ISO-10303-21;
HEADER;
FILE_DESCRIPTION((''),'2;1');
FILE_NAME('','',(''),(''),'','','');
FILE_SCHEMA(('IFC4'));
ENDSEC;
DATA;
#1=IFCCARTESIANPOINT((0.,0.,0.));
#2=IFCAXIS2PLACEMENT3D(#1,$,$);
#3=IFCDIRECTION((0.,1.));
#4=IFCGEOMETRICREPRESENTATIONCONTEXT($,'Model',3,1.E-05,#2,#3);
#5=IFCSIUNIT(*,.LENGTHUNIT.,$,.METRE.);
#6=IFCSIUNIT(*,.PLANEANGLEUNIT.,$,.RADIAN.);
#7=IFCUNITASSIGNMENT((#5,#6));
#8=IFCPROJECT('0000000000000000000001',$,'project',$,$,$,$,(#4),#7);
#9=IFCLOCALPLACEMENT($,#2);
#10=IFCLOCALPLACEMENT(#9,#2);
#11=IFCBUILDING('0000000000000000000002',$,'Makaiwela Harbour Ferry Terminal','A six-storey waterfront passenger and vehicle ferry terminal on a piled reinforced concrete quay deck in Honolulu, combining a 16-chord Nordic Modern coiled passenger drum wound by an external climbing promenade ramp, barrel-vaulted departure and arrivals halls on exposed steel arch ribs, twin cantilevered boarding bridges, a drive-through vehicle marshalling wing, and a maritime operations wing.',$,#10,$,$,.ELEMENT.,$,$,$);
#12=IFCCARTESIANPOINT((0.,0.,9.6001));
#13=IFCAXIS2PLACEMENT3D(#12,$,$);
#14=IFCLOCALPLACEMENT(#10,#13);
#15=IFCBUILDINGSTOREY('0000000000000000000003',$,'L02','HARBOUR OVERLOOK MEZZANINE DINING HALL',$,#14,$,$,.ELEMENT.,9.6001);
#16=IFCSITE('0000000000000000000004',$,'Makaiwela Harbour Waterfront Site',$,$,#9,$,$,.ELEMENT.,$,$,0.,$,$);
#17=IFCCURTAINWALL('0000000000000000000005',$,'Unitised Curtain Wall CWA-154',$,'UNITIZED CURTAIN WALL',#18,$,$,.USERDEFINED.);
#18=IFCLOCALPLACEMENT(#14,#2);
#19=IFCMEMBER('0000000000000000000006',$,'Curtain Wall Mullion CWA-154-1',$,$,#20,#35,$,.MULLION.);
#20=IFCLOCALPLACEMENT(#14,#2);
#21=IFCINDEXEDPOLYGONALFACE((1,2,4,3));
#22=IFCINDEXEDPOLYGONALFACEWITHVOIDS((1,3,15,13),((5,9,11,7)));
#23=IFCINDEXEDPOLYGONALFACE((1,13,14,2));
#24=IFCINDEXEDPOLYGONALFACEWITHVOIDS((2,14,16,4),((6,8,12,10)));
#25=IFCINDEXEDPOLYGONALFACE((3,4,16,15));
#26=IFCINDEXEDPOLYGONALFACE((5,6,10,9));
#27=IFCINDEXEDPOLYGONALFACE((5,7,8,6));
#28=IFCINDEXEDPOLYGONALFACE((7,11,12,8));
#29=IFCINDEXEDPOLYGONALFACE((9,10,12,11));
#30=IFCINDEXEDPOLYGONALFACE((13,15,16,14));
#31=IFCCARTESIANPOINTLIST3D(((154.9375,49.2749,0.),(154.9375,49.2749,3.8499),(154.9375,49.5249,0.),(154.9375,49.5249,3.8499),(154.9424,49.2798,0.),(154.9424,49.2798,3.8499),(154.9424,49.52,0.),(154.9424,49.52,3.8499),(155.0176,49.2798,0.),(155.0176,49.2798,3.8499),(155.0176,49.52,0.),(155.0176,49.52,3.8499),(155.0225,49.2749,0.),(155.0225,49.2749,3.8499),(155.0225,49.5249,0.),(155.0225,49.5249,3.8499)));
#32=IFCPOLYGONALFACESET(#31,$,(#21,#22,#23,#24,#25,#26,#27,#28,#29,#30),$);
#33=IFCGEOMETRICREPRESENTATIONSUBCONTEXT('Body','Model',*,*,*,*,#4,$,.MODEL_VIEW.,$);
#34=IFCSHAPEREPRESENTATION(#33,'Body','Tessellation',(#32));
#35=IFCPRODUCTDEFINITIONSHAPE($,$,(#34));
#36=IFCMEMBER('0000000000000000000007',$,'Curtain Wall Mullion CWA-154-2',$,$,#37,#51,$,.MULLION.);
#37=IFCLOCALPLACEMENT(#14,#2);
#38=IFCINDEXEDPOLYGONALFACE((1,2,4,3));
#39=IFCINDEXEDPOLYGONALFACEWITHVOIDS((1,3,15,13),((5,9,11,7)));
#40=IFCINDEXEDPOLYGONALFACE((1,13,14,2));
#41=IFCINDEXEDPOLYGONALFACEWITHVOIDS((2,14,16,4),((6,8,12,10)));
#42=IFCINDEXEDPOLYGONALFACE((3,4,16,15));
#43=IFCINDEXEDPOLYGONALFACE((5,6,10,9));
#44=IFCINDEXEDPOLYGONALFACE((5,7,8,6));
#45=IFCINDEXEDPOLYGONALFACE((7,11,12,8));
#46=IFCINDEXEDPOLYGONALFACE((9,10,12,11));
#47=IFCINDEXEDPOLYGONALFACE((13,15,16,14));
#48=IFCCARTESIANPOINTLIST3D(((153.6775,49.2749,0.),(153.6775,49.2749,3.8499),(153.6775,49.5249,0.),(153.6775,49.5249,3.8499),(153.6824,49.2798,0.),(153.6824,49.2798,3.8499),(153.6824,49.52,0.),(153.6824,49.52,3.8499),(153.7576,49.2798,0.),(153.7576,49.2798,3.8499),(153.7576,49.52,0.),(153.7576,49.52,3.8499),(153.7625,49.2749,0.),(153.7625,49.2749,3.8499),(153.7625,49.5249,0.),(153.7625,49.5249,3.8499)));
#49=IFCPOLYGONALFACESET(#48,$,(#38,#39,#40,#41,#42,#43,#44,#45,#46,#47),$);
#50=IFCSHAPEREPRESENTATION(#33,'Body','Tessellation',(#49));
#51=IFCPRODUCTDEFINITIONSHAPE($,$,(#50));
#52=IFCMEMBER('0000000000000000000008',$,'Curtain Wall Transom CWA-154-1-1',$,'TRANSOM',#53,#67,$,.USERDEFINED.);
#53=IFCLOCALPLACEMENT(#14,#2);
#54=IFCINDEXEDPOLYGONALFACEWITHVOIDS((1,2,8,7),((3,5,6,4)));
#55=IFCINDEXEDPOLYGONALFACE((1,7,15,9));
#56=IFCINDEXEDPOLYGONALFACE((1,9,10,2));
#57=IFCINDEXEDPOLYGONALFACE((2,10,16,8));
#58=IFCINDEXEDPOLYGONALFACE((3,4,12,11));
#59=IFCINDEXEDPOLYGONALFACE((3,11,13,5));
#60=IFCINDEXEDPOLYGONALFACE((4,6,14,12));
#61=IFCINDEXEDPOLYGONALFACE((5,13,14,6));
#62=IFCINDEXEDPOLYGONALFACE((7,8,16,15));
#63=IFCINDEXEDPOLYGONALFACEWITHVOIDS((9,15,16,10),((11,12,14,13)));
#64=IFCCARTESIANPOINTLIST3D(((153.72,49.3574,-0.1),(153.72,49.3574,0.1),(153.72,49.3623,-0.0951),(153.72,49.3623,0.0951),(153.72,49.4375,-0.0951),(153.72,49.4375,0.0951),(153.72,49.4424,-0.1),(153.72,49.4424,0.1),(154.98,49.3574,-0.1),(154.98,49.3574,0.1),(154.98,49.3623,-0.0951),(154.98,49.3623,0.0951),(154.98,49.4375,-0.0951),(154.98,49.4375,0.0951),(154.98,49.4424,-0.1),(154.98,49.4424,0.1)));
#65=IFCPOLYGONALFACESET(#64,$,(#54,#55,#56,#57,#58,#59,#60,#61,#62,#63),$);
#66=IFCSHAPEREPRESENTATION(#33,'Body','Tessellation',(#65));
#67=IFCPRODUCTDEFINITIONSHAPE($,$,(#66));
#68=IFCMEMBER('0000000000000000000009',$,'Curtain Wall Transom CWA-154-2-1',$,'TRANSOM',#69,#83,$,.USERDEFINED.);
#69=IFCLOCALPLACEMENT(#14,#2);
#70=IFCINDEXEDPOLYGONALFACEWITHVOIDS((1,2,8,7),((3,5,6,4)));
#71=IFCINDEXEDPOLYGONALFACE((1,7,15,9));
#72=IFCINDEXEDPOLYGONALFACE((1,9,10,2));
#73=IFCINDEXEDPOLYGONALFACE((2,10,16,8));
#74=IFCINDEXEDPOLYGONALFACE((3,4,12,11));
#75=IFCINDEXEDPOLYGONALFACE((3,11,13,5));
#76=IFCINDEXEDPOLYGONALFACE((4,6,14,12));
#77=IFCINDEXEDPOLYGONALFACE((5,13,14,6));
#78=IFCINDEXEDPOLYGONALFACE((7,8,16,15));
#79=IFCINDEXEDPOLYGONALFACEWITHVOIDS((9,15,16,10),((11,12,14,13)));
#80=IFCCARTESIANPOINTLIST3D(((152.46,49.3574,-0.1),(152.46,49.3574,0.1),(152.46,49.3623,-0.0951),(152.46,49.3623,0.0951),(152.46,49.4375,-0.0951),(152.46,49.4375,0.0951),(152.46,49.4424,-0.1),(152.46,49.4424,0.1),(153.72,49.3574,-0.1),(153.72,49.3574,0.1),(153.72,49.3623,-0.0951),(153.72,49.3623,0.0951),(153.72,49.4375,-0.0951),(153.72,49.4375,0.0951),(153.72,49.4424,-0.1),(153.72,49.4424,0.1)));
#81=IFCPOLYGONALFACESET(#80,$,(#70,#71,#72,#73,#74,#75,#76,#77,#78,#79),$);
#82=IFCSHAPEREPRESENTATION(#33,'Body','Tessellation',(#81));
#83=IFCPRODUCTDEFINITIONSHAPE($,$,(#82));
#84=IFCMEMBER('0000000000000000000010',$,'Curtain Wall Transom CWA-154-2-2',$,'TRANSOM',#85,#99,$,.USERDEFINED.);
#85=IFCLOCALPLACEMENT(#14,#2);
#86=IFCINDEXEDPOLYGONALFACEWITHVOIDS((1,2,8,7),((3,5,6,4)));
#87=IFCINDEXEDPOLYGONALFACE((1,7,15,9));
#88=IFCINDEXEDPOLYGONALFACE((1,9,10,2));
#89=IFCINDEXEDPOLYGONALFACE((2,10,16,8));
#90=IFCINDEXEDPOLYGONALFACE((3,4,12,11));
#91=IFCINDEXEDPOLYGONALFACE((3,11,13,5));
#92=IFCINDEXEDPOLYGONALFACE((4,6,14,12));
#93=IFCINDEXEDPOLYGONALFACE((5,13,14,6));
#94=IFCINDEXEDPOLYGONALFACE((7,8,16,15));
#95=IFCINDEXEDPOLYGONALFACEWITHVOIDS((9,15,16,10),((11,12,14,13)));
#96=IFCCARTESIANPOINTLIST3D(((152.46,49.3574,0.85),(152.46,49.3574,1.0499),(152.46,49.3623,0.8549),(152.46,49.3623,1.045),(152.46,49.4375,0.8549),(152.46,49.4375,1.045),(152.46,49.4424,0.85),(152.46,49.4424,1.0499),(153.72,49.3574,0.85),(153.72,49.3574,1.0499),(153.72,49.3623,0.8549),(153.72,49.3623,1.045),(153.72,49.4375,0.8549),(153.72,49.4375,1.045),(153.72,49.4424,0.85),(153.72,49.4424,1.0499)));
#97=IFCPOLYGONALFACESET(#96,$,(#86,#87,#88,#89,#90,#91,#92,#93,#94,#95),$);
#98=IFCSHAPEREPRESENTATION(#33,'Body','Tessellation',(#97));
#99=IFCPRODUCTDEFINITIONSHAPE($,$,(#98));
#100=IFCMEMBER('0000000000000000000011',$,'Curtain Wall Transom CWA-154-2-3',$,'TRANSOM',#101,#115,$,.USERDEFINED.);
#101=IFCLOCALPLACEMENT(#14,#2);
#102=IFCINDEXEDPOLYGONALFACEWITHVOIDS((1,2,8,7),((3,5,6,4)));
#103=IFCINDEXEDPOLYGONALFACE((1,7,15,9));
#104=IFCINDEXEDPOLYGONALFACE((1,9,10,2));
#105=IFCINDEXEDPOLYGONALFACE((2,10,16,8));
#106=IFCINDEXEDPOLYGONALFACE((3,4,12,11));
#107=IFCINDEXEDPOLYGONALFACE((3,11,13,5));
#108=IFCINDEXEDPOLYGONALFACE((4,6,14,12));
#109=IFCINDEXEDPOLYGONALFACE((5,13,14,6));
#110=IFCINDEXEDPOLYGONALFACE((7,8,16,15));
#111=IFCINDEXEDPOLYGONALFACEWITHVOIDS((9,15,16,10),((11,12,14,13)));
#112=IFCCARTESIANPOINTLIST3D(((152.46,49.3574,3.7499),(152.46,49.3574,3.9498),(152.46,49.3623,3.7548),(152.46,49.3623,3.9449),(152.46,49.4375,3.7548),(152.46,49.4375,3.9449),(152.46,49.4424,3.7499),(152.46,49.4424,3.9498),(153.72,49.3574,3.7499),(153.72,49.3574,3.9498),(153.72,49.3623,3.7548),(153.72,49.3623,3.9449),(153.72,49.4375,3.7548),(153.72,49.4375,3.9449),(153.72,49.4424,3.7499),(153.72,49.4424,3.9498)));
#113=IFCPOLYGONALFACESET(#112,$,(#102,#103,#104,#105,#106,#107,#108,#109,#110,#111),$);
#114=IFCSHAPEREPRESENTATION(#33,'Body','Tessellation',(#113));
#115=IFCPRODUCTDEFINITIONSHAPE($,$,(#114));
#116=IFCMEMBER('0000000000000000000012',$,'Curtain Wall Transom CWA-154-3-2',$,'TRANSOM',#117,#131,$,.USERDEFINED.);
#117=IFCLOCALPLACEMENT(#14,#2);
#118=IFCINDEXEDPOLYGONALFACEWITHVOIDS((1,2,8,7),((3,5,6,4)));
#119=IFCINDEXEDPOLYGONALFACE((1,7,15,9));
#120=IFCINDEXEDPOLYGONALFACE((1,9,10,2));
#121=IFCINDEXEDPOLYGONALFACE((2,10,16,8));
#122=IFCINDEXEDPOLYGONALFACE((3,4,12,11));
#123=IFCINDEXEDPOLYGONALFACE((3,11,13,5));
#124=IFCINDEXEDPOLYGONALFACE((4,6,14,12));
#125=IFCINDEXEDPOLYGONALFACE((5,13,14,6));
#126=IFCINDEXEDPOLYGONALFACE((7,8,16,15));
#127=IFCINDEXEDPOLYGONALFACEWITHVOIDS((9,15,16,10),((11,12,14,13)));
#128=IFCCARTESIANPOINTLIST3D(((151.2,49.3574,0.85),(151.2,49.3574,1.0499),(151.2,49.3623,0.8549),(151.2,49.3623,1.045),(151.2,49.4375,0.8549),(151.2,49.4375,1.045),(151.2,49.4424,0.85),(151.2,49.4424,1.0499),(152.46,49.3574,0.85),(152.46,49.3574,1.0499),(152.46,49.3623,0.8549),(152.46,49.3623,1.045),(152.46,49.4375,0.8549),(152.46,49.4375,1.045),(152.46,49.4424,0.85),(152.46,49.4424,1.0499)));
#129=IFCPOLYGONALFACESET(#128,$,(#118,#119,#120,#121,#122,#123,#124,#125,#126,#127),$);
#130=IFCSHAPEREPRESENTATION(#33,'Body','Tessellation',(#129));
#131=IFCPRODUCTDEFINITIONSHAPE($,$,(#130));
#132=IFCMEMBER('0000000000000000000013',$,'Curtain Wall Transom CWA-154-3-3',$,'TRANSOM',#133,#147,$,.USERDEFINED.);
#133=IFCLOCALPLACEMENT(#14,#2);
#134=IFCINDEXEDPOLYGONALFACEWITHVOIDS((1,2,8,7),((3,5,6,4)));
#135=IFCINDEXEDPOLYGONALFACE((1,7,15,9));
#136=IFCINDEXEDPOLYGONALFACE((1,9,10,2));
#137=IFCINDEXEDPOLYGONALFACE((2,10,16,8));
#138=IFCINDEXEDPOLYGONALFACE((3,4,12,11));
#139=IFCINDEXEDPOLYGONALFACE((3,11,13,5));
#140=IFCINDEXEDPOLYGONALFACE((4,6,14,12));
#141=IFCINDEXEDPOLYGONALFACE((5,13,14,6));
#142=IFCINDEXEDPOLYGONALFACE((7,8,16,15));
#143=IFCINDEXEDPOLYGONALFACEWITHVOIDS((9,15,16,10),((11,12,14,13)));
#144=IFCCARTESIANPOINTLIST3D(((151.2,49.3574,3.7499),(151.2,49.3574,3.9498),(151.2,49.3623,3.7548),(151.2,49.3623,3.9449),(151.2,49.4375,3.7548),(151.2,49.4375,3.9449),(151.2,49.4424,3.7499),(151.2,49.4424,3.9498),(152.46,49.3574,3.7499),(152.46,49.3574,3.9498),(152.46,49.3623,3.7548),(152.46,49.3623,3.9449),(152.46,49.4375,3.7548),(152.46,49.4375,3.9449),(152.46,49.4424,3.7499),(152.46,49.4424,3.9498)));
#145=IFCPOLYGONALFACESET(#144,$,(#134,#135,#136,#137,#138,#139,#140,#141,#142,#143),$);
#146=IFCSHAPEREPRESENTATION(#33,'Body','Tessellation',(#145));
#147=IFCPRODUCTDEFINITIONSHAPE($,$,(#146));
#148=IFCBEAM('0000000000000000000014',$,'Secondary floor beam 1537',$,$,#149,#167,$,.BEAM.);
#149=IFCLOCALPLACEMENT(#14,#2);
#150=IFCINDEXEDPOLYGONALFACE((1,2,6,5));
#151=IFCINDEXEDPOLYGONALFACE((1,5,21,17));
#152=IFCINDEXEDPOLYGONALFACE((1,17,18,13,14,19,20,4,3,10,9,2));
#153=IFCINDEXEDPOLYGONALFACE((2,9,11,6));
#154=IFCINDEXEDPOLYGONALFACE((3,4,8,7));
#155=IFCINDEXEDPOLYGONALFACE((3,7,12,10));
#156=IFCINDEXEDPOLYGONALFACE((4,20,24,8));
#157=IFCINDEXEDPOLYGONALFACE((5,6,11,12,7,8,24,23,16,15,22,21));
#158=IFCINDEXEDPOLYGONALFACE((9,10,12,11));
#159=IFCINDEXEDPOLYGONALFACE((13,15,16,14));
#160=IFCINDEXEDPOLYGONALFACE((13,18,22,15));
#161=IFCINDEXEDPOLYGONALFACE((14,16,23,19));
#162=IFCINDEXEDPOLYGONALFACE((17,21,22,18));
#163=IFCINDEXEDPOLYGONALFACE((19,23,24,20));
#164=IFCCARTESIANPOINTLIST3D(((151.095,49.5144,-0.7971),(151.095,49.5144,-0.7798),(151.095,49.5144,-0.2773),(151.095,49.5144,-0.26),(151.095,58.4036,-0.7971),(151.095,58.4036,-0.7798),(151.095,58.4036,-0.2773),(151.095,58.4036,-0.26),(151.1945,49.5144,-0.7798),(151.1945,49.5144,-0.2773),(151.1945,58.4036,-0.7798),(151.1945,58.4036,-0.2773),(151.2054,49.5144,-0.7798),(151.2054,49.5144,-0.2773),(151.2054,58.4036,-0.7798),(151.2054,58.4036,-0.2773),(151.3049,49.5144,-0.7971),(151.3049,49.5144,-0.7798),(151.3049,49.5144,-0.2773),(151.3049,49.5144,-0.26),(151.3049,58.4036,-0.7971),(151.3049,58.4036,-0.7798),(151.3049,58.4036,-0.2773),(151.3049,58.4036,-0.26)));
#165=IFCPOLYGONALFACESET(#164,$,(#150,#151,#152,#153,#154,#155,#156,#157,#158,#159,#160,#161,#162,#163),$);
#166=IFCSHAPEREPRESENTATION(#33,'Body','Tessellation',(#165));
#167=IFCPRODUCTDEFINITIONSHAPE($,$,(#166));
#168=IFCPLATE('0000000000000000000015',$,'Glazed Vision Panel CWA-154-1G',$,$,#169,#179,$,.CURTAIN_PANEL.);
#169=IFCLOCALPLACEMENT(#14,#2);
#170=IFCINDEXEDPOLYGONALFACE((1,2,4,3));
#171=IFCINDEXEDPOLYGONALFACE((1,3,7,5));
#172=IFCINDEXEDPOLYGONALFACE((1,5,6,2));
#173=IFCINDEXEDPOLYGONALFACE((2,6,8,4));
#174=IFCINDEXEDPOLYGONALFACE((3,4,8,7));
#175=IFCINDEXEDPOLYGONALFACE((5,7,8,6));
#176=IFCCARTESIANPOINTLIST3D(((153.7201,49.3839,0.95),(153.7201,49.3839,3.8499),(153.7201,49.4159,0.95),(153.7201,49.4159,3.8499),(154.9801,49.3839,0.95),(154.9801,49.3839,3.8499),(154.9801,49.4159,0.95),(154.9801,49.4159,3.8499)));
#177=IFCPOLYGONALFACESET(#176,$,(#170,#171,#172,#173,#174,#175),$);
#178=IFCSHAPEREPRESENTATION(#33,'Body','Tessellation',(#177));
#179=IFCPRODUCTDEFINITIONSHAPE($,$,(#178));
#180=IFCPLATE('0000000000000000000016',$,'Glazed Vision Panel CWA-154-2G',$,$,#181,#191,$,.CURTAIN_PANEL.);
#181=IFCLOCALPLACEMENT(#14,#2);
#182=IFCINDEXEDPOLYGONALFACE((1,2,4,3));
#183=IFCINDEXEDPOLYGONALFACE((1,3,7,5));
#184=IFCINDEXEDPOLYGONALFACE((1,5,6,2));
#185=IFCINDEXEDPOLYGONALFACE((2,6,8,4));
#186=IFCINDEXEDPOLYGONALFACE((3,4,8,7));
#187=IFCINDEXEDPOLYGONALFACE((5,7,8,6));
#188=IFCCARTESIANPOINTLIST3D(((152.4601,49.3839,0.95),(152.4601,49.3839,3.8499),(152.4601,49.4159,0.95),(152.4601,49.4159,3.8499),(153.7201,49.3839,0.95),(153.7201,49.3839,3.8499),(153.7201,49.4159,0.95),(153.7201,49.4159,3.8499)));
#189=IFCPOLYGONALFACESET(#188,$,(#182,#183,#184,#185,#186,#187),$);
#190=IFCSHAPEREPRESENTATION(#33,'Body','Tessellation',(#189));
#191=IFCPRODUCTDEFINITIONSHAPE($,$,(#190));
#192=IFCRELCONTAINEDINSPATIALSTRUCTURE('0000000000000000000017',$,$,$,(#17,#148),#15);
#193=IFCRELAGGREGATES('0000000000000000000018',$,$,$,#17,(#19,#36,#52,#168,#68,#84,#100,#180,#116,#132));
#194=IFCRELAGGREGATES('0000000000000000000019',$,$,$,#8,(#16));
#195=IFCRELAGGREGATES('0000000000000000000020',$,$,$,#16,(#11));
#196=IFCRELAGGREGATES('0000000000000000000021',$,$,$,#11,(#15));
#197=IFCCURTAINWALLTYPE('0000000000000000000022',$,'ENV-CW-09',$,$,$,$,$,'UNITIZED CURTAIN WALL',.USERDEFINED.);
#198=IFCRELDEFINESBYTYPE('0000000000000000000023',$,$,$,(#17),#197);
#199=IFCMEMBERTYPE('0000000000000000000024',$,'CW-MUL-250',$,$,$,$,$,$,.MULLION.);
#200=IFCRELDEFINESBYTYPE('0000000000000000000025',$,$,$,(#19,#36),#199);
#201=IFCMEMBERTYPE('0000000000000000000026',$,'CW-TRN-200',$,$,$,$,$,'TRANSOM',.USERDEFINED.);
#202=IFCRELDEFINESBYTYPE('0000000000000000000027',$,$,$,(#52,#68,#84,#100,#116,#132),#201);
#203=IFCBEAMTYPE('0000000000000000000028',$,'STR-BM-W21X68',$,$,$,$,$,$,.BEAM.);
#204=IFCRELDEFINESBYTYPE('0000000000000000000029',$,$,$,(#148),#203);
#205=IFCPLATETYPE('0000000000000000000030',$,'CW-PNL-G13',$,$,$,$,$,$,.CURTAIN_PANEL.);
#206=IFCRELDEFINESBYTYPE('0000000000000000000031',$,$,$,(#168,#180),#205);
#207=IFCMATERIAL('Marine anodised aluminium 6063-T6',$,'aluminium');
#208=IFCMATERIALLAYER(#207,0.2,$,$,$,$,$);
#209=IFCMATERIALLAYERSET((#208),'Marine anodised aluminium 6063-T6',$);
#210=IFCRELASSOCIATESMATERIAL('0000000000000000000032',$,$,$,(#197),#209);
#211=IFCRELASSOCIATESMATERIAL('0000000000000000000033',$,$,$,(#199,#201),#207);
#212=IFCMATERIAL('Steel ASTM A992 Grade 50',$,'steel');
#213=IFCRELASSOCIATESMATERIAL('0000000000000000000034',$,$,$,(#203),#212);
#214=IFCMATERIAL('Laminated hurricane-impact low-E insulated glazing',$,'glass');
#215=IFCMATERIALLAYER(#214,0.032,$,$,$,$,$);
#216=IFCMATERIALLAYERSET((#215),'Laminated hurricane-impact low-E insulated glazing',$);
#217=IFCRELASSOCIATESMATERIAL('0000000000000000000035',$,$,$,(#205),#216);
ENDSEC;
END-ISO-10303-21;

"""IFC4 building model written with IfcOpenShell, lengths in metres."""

from ifc_helpers import new_model, si_unit, direction, frame, origin, origin_2d, place, context, subcontext, project, spatial, rectangle, hollow_rectangle, i_section, extrude, material, layer, layer_set, material_profile, profile_set, type_object, element, aggregate, save


model = new_model("IFC4")

# Units and contexts
model_context = context("Model", 3, precision=1e-05, world=origin(), true_north=direction((0.0, 1.0)))
body_context = subcontext(model_context, "Body", "Model", "MODEL_VIEW")
ifc_project = project(units=[si_unit("LENGTHUNIT", "METRE"), si_unit("PLANEANGLEUNIT", "RADIAN")], contexts=[model_context])

# Site, building, storey
site_placement = place(None, origin())
site = spatial("IfcSite", under=ifc_project, at=site_placement, Name="Makaiwela Harbour Waterfront Site", CompositionType="ELEMENT", RefElevation=0.0)
building_placement = place(site_placement, origin())
building = spatial("IfcBuilding", under=site, at=building_placement, Name="Makaiwela Harbour Ferry Terminal", Description="A six-storey waterfront passenger and vehicle ferry terminal on a piled reinforced concrete quay deck in Honolulu, combining a 16-chord Nordic Modern coiled passenger drum wound by an external climbing promenade ramp, barrel-vaulted departure and arrivals halls on exposed steel arch ribs, twin cantilevered boarding bridges, a drive-through vehicle marshalling wing, and a maritime operations wing.", CompositionType="ELEMENT")
storey_placement = place(building_placement, frame((0.0, 0.0, 9.6001)))
storey = spatial("IfcBuildingStorey", under=building, at=storey_placement, Name="L02", Description="HARBOUR OVERLOOK MEZZANINE DINING HALL", CompositionType="ELEMENT", Elevation=9.6001)

# Curtain wall, members
ifc_material_1 = material(Name="Marine anodised aluminium 6063-T6", Category="aluminium")
ifc_layer_1 = layer(ifc_material_1, 0.2)
ifc_layer_set_1 = layer_set([ifc_layer_1], Name="Marine anodised aluminium 6063-T6")
curtain_wall_type = type_object("IfcCurtainWallType", Name="ENV-CW-09", ElementType="UNITIZED CURTAIN WALL", PredefinedType="USERDEFINED", material=ifc_layer_set_1)
curtain_wall_placement = place(storey_placement, origin())
curtain_wall = element("IfcCurtainWall", 1, at=curtain_wall_placement, inside=storey, type_object=curtain_wall_type, Name="Unitised Curtain Wall CWA-154", ObjectType="UNITIZED CURTAIN WALL", PredefinedType="USERDEFINED")
ifc_material_profile_1 = material_profile(ifc_material_1, hollow_rectangle(XDim=0.085, YDim=0.25, WallThickness=0.0049, at=origin_2d()), Name="CWM-250X85")
ifc_profile_set_1 = profile_set([ifc_material_profile_1], Name="Marine anodised aluminium 6063-T6")
member_type_1 = type_object("IfcMemberType", Name="CW-MUL-250", PredefinedType="MULLION", material=ifc_profile_set_1)
member_1_placement = place(storey_placement, frame((154.98, 49.3999, 0.0), z_axis=(0.0, 0.0, 1.0), x_axis=(1.0, 0.0, 0.0)))
member_1 = element("IfcMember", 2, at=member_1_placement, type_object=member_type_1, Name="Curtain Wall Mullion CWA-154-1", PredefinedType="MULLION", context=body_context, shape_type="SweptSolid", body=[
    extrude(hollow_rectangle(XDim=0.085, YDim=0.25, WallThickness=0.0049, at=origin_2d()), origin(), (0.0, 0.0, 1.0), 3.8499),
])
member_2_placement = place(storey_placement, frame((153.72, 49.3999, 0.0), z_axis=(0.0, 0.0, 1.0), x_axis=(1.0, 0.0, 0.0)))
member_2 = element("IfcMember", 3, at=member_2_placement, type_object=member_type_1, Name="Curtain Wall Mullion CWA-154-2", PredefinedType="MULLION", context=body_context, shape_type="SweptSolid", body=[
    extrude(hollow_rectangle(XDim=0.085, YDim=0.25, WallThickness=0.0049, at=origin_2d()), origin(), (0.0, 0.0, 1.0), 3.8499),
])
ifc_material_profile_2 = material_profile(ifc_material_1, hollow_rectangle(XDim=0.085, YDim=0.2, WallThickness=0.0049, at=origin_2d()), Name="CWT-200X85")
ifc_profile_set_2 = profile_set([ifc_material_profile_2], Name="Marine anodised aluminium 6063-T6")
member_type_2 = type_object("IfcMemberType", Name="CW-TRN-200", ElementType="TRANSOM", PredefinedType="USERDEFINED", material=ifc_profile_set_2)
member_3_placement = place(storey_placement, frame((154.98, 49.3999, 0.0), z_axis=(-1.0, 0.0, 0.0), x_axis=(0.0, -1.0, 0.0)))
member_3 = element("IfcMember", 4, at=member_3_placement, type_object=member_type_2, Name="Curtain Wall Transom CWA-154-1-1", ObjectType="TRANSOM", PredefinedType="USERDEFINED", context=body_context, shape_type="SweptSolid", body=[
    extrude(hollow_rectangle(XDim=0.085, YDim=0.2, WallThickness=0.0049, at=origin_2d()), origin(), (0.0, 0.0, 1.0), 1.26),
])
member_4_placement = place(storey_placement, frame((153.72, 49.3999, 0.0), z_axis=(-1.0, 0.0, 0.0), x_axis=(0.0, -1.0, 0.0)))
member_4 = element("IfcMember", 5, at=member_4_placement, type_object=member_type_2, Name="Curtain Wall Transom CWA-154-2-1", ObjectType="TRANSOM", PredefinedType="USERDEFINED", context=body_context, shape_type="SweptSolid", body=[
    extrude(hollow_rectangle(XDim=0.085, YDim=0.2, WallThickness=0.0049, at=origin_2d()), origin(), (0.0, 0.0, 1.0), 1.26),
])
member_5_placement = place(storey_placement, frame((153.72, 49.3999, 0.95), z_axis=(-1.0, 0.0, 0.0), x_axis=(0.0, -1.0, 0.0)))
member_5 = element("IfcMember", 6, at=member_5_placement, type_object=member_type_2, Name="Curtain Wall Transom CWA-154-2-2", ObjectType="TRANSOM", PredefinedType="USERDEFINED", context=body_context, shape_type="SweptSolid", body=[
    extrude(hollow_rectangle(XDim=0.085, YDim=0.2, WallThickness=0.0049, at=origin_2d()), origin(), (0.0, 0.0, 1.0), 1.26),
])
member_6_placement = place(storey_placement, frame((153.72, 49.3999, 3.8499), z_axis=(-1.0, 0.0, 0.0), x_axis=(0.0, -1.0, 0.0)))
member_6 = element("IfcMember", 7, at=member_6_placement, type_object=member_type_2, Name="Curtain Wall Transom CWA-154-2-3", ObjectType="TRANSOM", PredefinedType="USERDEFINED", context=body_context, shape_type="SweptSolid", body=[
    extrude(hollow_rectangle(XDim=0.085, YDim=0.2, WallThickness=0.0049, at=origin_2d()), origin(), (0.0, 0.0, 1.0), 1.26),
])
member_7_placement = place(storey_placement, frame((152.46, 49.3999, 0.95), z_axis=(-1.0, 0.0, 0.0), x_axis=(0.0, -1.0, 0.0)))
member_7 = element("IfcMember", 8, at=member_7_placement, type_object=member_type_2, Name="Curtain Wall Transom CWA-154-3-2", ObjectType="TRANSOM", PredefinedType="USERDEFINED", context=body_context, shape_type="SweptSolid", body=[
    extrude(hollow_rectangle(XDim=0.085, YDim=0.2, WallThickness=0.0049, at=origin_2d()), origin(), (0.0, 0.0, 1.0), 1.26),
])
member_8_placement = place(storey_placement, frame((152.46, 49.3999, 3.8499), z_axis=(-1.0, 0.0, 0.0), x_axis=(0.0, -1.0, 0.0)))
member_8 = element("IfcMember", 9, at=member_8_placement, type_object=member_type_2, Name="Curtain Wall Transom CWA-154-3-3", ObjectType="TRANSOM", PredefinedType="USERDEFINED", context=body_context, shape_type="SweptSolid", body=[
    extrude(hollow_rectangle(XDim=0.085, YDim=0.2, WallThickness=0.0049, at=origin_2d()), origin(), (0.0, 0.0, 1.0), 1.26),
])

# Beam
ifc_material_2 = material(Name="Steel ASTM A992 Grade 50", Category="steel")
ifc_material_profile_3 = material_profile(ifc_material_2, i_section(OverallWidth=0.21, OverallDepth=0.5371, WebThickness=0.011, FlangeThickness=0.0173, at=origin_2d()), Name="W21X68")
ifc_profile_set_3 = profile_set([ifc_material_profile_3], Name="Steel ASTM A992 Grade 50")
beam_type = type_object("IfcBeamType", Name="STR-BM-W21X68", PredefinedType="BEAM", material=ifc_profile_set_3)
beam_placement = place(storey_placement, frame((151.2, 49.5144, -0.5286), z_axis=(0.0, 1.0, 0.0), x_axis=(-1.0, 0.0, 0.0)))
element("IfcBeam", 10, at=beam_placement, inside=storey, type_object=beam_type, Name="Secondary floor beam 1537", PredefinedType="BEAM", context=body_context, shape_type="SweptSolid", body=[
    extrude(i_section(OverallWidth=0.21, OverallDepth=0.5371, WebThickness=0.011, FlangeThickness=0.0173, at=origin_2d()), origin(), (0.0, 0.0, 1.0), 8.8892),
])

# Plates
ifc_material_3 = material(Name="Laminated hurricane-impact low-E insulated glazing", Category="glass")
ifc_layer_2 = layer(ifc_material_3, 0.032)
ifc_layer_set_2 = layer_set([ifc_layer_2], Name="Laminated hurricane-impact low-E insulated glazing")
plate_type_1 = type_object("IfcPlateType", Name="CW-PNL-G13", PredefinedType="CURTAIN_PANEL", material=ifc_layer_set_2)
plate_1_placement = place(storey_placement, frame((154.3501, 49.3999, 0.95), z_axis=(0.0, 0.0, 1.0), x_axis=(-1.0, 0.0, 0.0)))
plate_1 = element("IfcPlate", 11, at=plate_1_placement, type_object=plate_type_1, Name="Glazed Vision Panel CWA-154-1G", PredefinedType="CURTAIN_PANEL", context=body_context, shape_type="SweptSolid", body=[
    extrude(rectangle(XDim=1.26, YDim=0.032, at=origin_2d()), origin(), (0.0, 0.0, 1.0), 2.8999),
])
plate_2_placement = place(storey_placement, frame((153.0901, 49.3999, 0.95), z_axis=(0.0, 0.0, 1.0), x_axis=(-1.0, 0.0, 0.0)))
plate_2 = element("IfcPlate", 12, at=plate_2_placement, type_object=plate_type_1, Name="Glazed Vision Panel CWA-154-2G", PredefinedType="CURTAIN_PANEL", context=body_context, shape_type="SweptSolid", body=[
    extrude(rectangle(XDim=1.26, YDim=0.032, at=origin_2d()), origin(), (0.0, 0.0, 1.0), 2.8999),
])
aggregate(curtain_wall, [member_1, member_2, member_3, plate_1, member_4, member_5, member_6, plate_2, member_7, member_8])

save(model, "model.ifc")
